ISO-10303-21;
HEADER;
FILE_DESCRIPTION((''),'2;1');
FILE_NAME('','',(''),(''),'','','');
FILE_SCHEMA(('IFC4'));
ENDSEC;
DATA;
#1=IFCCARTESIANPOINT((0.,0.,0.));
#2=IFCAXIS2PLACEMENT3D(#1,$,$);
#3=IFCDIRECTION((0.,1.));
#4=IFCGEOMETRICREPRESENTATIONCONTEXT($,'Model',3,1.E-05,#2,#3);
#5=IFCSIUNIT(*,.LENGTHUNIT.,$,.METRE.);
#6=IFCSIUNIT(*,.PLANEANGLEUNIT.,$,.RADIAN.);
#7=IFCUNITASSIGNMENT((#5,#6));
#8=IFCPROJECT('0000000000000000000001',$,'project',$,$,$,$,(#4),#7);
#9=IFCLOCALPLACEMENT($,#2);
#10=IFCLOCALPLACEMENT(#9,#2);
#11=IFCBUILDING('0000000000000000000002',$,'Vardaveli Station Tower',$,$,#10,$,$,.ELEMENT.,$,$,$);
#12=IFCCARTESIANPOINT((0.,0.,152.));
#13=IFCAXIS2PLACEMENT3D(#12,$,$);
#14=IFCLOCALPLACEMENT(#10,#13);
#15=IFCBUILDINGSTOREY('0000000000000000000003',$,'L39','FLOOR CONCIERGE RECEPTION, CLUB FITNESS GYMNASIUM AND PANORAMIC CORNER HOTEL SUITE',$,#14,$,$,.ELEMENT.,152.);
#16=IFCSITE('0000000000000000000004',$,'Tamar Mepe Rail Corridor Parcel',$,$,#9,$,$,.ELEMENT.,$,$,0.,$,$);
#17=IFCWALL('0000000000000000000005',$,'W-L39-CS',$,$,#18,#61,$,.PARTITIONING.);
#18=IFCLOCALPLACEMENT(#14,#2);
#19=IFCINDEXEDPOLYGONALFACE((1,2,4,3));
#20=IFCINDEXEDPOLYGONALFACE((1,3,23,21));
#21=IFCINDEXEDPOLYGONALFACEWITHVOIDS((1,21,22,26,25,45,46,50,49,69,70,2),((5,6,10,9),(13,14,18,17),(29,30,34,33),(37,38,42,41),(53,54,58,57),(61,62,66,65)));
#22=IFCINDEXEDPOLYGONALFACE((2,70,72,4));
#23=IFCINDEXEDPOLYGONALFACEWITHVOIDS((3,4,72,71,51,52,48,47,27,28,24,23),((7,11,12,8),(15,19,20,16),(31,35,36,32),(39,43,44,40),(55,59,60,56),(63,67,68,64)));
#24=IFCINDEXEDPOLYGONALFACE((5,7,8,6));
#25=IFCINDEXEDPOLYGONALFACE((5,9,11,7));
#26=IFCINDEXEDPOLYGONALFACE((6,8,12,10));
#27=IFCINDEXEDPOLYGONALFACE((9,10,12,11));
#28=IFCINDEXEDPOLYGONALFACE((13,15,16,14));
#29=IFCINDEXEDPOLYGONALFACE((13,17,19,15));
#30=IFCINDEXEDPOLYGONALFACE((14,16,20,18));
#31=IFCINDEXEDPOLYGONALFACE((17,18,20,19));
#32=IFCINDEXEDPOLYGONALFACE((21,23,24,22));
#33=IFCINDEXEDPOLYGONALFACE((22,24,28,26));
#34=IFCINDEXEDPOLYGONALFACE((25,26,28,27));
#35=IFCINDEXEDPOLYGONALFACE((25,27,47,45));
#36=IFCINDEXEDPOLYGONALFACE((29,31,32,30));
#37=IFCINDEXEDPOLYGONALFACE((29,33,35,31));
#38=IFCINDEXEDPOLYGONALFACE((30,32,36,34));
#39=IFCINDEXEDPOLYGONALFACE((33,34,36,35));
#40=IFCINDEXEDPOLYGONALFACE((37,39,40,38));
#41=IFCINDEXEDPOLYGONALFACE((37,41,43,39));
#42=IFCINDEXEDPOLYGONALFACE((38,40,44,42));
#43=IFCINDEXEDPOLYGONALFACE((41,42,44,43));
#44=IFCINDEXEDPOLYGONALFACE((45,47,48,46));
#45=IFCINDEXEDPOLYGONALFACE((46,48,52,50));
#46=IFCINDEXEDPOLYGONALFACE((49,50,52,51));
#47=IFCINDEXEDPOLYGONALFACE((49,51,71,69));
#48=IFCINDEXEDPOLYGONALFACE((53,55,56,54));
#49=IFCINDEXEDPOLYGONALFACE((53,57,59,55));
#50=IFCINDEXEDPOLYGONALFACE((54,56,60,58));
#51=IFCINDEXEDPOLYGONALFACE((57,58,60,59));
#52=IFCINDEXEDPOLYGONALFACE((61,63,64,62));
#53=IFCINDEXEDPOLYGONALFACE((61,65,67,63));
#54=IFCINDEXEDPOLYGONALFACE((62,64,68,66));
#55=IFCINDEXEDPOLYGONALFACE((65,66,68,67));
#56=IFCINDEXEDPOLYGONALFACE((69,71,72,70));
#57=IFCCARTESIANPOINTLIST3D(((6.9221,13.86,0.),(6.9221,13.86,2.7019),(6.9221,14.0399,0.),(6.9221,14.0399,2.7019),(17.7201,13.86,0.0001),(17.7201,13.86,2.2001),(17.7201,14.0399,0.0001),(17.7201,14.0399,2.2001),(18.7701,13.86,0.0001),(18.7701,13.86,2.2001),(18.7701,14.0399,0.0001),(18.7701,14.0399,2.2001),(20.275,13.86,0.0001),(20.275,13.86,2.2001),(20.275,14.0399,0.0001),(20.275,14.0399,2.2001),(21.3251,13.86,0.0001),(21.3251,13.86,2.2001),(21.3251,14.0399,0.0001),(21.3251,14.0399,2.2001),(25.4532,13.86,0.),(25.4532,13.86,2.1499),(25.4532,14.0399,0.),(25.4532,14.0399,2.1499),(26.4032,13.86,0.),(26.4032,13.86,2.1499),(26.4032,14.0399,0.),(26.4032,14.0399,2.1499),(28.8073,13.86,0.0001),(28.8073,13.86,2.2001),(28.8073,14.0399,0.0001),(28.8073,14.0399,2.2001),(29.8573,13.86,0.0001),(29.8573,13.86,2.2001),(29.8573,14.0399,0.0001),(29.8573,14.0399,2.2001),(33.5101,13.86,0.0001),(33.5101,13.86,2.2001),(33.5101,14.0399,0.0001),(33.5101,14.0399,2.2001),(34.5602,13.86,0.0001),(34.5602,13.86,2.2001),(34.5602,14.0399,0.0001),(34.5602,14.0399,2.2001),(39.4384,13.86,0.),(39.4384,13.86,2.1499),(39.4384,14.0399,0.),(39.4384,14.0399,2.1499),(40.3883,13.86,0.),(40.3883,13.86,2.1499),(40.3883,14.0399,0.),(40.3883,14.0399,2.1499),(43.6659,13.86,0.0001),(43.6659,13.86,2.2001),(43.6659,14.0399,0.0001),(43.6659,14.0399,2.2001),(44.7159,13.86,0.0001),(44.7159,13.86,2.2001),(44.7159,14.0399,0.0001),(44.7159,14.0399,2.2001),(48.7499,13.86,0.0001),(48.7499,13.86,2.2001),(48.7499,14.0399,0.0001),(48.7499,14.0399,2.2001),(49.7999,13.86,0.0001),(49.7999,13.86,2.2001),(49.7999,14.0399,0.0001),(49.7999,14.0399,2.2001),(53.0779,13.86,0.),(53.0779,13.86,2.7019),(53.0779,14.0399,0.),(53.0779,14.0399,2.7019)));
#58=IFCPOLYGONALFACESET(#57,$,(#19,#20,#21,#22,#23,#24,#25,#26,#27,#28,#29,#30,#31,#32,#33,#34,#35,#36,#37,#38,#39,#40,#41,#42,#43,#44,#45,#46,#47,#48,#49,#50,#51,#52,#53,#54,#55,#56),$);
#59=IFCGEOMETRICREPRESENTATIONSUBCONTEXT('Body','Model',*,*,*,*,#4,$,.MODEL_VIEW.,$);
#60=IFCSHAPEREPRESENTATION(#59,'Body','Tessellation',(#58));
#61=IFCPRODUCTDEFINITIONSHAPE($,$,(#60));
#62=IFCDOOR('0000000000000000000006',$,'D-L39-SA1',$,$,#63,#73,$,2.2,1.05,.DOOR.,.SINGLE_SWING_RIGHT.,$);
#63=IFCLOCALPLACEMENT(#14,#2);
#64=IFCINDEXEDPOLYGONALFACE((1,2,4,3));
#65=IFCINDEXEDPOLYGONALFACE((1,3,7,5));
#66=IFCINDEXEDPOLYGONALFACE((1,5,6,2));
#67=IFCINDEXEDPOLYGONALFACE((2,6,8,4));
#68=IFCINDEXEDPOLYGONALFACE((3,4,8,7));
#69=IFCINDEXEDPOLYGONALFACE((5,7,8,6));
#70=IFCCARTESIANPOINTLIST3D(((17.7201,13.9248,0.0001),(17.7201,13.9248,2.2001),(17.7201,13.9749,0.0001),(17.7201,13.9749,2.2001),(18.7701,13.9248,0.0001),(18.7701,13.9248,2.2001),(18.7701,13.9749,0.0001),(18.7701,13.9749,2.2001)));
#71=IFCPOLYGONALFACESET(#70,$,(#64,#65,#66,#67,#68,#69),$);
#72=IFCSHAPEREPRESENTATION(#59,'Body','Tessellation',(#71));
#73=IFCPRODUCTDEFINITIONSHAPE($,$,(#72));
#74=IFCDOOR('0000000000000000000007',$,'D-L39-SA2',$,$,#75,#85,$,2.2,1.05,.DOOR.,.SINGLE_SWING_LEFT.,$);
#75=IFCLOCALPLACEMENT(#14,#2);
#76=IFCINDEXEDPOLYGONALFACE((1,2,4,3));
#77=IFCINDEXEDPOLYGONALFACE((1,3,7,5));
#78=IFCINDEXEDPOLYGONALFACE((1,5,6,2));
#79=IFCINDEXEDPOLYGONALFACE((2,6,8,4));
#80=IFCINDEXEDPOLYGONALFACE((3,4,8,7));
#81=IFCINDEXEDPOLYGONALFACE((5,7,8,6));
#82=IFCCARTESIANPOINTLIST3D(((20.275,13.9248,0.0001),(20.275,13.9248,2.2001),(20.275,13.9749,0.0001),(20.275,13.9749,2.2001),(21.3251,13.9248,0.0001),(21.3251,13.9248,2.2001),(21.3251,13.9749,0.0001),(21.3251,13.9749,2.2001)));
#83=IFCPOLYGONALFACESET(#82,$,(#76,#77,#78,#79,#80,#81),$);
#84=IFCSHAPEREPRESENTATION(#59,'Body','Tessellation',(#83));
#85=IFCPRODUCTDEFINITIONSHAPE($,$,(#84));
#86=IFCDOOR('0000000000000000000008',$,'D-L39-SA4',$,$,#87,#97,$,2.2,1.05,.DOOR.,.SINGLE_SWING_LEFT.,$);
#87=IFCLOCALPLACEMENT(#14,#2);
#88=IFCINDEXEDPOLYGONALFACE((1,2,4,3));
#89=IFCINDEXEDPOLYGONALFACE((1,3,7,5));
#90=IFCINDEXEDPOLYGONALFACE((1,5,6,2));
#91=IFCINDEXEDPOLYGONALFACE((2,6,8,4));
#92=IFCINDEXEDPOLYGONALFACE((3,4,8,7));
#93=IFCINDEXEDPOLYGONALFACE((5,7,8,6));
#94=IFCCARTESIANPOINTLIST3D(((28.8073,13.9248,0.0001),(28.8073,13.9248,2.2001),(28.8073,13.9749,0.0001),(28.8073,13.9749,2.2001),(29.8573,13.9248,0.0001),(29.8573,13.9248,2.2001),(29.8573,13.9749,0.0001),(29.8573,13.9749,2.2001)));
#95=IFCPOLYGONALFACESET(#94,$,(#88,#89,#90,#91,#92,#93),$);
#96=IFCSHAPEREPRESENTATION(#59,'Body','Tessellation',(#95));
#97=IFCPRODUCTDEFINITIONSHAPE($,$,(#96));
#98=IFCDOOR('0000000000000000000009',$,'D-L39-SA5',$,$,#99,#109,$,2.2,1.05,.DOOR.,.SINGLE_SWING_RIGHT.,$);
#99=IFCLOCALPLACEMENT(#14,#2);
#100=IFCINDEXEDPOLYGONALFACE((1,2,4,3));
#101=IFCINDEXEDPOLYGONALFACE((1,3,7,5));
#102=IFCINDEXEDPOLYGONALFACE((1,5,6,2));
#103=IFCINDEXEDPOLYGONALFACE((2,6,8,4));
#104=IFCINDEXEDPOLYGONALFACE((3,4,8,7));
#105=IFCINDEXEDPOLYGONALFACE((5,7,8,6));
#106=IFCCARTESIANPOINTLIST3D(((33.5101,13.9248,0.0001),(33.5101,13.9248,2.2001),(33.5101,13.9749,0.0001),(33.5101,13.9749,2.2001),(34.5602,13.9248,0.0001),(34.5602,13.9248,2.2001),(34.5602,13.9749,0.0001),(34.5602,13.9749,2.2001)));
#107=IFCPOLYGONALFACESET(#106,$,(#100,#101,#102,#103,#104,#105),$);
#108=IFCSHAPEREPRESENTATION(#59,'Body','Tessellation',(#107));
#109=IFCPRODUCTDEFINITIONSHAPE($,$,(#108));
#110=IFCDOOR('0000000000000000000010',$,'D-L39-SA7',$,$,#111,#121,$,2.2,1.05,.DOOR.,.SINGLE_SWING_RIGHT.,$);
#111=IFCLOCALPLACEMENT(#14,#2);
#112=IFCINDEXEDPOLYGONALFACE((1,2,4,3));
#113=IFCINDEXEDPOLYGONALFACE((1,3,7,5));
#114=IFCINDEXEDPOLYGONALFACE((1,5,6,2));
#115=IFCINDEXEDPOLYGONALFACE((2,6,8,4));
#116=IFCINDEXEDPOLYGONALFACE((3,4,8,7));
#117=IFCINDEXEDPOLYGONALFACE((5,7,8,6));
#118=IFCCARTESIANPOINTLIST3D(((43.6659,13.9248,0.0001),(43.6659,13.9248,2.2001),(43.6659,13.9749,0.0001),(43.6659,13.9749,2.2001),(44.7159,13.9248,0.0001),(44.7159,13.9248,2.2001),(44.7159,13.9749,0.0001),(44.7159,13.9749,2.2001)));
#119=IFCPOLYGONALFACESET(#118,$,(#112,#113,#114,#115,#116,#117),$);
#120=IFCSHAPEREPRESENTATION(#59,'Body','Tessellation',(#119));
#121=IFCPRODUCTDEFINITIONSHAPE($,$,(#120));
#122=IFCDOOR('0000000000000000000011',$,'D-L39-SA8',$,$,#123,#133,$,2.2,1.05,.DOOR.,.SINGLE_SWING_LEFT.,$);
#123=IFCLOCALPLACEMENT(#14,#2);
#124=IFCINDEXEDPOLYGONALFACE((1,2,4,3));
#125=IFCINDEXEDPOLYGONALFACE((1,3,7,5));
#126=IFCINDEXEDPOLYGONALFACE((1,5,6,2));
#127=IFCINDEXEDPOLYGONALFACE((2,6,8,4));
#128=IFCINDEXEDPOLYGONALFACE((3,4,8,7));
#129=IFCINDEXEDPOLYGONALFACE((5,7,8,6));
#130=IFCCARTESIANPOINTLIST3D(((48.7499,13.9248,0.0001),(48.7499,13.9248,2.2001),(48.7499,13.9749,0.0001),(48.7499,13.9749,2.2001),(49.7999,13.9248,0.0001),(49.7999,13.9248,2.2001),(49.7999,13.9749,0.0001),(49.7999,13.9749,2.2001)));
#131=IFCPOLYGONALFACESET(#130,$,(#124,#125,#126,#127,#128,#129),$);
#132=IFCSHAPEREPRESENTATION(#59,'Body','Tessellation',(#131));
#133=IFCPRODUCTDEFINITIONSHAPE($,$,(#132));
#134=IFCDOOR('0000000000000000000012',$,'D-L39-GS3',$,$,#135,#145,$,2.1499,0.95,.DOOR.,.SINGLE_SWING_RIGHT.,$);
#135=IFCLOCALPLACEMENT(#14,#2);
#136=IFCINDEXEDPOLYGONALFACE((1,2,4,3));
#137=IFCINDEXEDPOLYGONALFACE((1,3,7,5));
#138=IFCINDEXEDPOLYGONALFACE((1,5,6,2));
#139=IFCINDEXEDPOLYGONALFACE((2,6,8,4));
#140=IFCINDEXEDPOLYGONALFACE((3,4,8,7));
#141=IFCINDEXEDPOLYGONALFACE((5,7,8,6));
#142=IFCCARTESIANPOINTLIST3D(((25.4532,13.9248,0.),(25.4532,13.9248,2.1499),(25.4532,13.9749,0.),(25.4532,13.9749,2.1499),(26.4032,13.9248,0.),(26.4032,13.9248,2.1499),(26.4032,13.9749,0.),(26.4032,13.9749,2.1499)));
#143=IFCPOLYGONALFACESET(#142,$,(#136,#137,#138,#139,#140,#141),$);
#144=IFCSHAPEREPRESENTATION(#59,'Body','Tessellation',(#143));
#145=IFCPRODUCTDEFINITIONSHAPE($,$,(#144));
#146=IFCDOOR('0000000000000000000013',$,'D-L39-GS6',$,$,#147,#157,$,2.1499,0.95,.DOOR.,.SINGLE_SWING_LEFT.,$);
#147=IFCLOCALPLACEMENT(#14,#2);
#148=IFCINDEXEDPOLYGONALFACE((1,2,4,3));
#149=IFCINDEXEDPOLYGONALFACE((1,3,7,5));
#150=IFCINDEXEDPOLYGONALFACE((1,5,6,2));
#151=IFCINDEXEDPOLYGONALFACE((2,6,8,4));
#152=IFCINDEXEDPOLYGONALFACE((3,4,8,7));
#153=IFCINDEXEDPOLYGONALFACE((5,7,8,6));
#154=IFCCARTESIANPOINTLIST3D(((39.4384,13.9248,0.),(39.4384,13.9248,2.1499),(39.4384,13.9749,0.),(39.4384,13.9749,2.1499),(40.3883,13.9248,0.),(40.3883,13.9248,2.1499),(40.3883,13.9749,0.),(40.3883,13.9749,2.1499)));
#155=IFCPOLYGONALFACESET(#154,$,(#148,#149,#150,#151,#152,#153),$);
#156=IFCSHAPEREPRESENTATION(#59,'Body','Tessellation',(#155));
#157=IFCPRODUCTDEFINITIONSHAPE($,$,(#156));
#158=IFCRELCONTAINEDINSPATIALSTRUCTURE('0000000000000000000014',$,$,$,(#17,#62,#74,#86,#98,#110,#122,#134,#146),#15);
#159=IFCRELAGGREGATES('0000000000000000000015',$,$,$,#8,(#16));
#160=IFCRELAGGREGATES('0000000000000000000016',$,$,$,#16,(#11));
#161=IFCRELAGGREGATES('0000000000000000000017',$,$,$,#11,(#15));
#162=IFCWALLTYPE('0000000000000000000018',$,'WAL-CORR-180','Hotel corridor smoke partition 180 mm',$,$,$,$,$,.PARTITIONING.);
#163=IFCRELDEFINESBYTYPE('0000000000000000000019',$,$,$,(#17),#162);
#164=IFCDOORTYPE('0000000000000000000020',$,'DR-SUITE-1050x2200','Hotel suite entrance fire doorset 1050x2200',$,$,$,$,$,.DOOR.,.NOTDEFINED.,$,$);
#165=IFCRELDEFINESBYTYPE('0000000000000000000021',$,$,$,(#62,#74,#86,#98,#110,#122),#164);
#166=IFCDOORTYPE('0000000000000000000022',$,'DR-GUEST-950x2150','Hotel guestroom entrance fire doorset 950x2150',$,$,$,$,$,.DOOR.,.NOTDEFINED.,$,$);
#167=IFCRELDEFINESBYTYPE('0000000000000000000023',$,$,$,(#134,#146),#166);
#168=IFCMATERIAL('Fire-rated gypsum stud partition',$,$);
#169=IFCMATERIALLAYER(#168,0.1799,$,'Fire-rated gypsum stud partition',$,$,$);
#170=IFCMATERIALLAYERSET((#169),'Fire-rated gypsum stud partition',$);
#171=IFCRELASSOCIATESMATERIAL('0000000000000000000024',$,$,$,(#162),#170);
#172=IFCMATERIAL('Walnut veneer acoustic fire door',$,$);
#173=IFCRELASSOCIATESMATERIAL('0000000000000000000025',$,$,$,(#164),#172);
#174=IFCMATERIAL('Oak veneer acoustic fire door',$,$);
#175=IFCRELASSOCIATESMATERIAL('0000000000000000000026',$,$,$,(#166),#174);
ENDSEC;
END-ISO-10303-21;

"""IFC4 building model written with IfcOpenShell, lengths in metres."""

from ifc_helpers import new_model, si_unit, direction, frame, frame_2d, origin, place, context, subcontext, project, spatial, rectangle, extrude, source, transform, mapped, material, layer, layer_set, type_object, element, fill, save


model = new_model("IFC4")

# Units and contexts
model_context = context("Model", 3, precision=1e-05, world=origin(), true_north=direction((0.0, 1.0)))
body_context = subcontext(model_context, "Body", "Model", "MODEL_VIEW")
ifc_project = project(units=[si_unit("LENGTHUNIT", "METRE"), si_unit("PLANEANGLEUNIT", "RADIAN")], contexts=[model_context])

# Site, building, storey
site_placement = place(None, origin())
site = spatial("IfcSite", under=ifc_project, at=site_placement, Name="Tamar Mepe Rail Corridor Parcel", CompositionType="ELEMENT", RefElevation=0.0)
building_placement = place(site_placement, origin())
building = spatial("IfcBuilding", under=site, at=building_placement, Name="Vardaveli Station Tower", CompositionType="ELEMENT")
storey_placement = place(building_placement, frame((0.0, 0.0, 152.0)))
storey = spatial("IfcBuildingStorey", under=building, at=storey_placement, Name="L39", Description="FLOOR CONCIERGE RECEPTION, CLUB FITNESS GYMNASIUM AND PANORAMIC CORNER HOTEL SUITE", CompositionType="ELEMENT", Elevation=152.0)

# Wall, openings, doors
ifc_material_1 = material(Name="Fire-rated gypsum stud partition")
ifc_layer_1 = layer(ifc_material_1, 0.1799, Name="Fire-rated gypsum stud partition")
ifc_layer_set_1 = layer_set([ifc_layer_1], Name="Fire-rated gypsum stud partition")
wall_type_1 = type_object("IfcWallType", Name="WAL-CORR-180", Description="Hotel corridor smoke partition 180 mm", PredefinedType="PARTITIONING", material=ifc_layer_set_1)
shared_shape_1 = source(origin(), body_context, "Body", "SweptSolid", [
    extrude(rectangle(XDim=46.1558, YDim=0.1799, at=frame_2d((23.0779, 0.0))), origin(), (0.0, 0.0, 1.0), 2.7019),
])
wall_1_placement = place(storey_placement, frame((6.9221, 13.95, 0.0), z_axis=(0.0, 0.0, 1.0), x_axis=(1.0, 0.0, 0.0)))
wall_1 = element("IfcWall", 1, at=wall_1_placement, inside=storey, type_object=wall_type_1, Name="W-L39-CS", PredefinedType="PARTITIONING", context=body_context, shape_type="MappedRepresentation", body=[
    mapped(shared_shape_1, transform((0.0, 0.0, 0.0), scale=1.0)),
])
shared_shape_2 = source(origin(), body_context, "Body", "SweptSolid", [
    extrude(rectangle(XDim=1.05, YDim=2.2, at=frame_2d((0.5249, 1.1001))), frame((0.0, 0.1001, 0.0), z_axis=(0.0, -1.0, 0.0), x_axis=(1.0, 0.0, 0.0)), (0.0, 0.0, 1.0), 0.2),
])
opening_1_placement = place(wall_1_placement, frame((10.7981, 0.0, 0.0)))
opening_1 = element("IfcOpeningElement", 2, at=opening_1_placement, cuts=wall_1, PredefinedType="OPENING", context=body_context, shape_type="MappedRepresentation", body=[
    mapped(shared_shape_2, transform((0.0, 0.0, 0.0), scale=1.0)),
])
opening_2_placement = place(wall_1_placement, frame((13.353, 0.0, 0.0)))
opening_2 = element("IfcOpeningElement", 3, at=opening_2_placement, cuts=wall_1, PredefinedType="OPENING", context=body_context, shape_type="MappedRepresentation", body=[
    mapped(shared_shape_2, transform((0.0, 0.0, 0.0), scale=1.0)),
])
shared_shape_3 = source(origin(), body_context, "Body", "SweptSolid", [
    extrude(rectangle(XDim=0.95, YDim=2.1499, at=frame_2d((0.4751, 1.075))), frame((0.0, 0.1001, 0.0), z_axis=(0.0, -1.0, 0.0), x_axis=(1.0, 0.0, 0.0)), (0.0, 0.0, 1.0), 0.2),
])
opening_3_placement = place(wall_1_placement, frame((18.531, 0.0, 0.0)))
opening_3 = element("IfcOpeningElement", 4, at=opening_3_placement, cuts=wall_1, PredefinedType="OPENING", context=body_context, shape_type="MappedRepresentation", body=[
    mapped(shared_shape_3, transform((0.0, 0.0, 0.0), scale=1.0)),
])
opening_4_placement = place(wall_1_placement, frame((21.8853, 0.0, 0.0)))
opening_4 = element("IfcOpeningElement", 5, at=opening_4_placement, cuts=wall_1, PredefinedType="OPENING", context=body_context, shape_type="MappedRepresentation", body=[
    mapped(shared_shape_2, transform((0.0, 0.0, 0.0), scale=1.0)),
])
opening_5_placement = place(wall_1_placement, frame((26.5881, 0.0, 0.0)))
opening_5 = element("IfcOpeningElement", 6, at=opening_5_placement, cuts=wall_1, PredefinedType="OPENING", context=body_context, shape_type="MappedRepresentation", body=[
    mapped(shared_shape_2, transform((0.0, 0.0, 0.0), scale=1.0)),
])
opening_6_placement = place(wall_1_placement, frame((32.5161, 0.0, 0.0)))
opening_6 = element("IfcOpeningElement", 7, at=opening_6_placement, cuts=wall_1, PredefinedType="OPENING", context=body_context, shape_type="MappedRepresentation", body=[
    mapped(shared_shape_3, transform((0.0, 0.0, 0.0), scale=1.0)),
])
opening_7_placement = place(wall_1_placement, frame((36.7439, 0.0, 0.0)))
opening_7 = element("IfcOpeningElement", 8, at=opening_7_placement, cuts=wall_1, PredefinedType="OPENING", context=body_context, shape_type="MappedRepresentation", body=[
    mapped(shared_shape_2, transform((0.0, 0.0, 0.0), scale=1.0)),
])
opening_8_placement = place(wall_1_placement, frame((41.8279, 0.0, 0.0)))
opening_8 = element("IfcOpeningElement", 9, at=opening_8_placement, cuts=wall_1, PredefinedType="OPENING", context=body_context, shape_type="MappedRepresentation", body=[
    mapped(shared_shape_2, transform((0.0, 0.0, 0.0), scale=1.0)),
])
ifc_material_2 = material(Name="Walnut veneer acoustic fire door")
door_type_1 = type_object("IfcDoorType", Name="DR-SUITE-1050x2200", Description="Hotel suite entrance fire doorset 1050x2200", OperationType="NOTDEFINED", PredefinedType="DOOR", material=ifc_material_2)
shared_shape_4 = source(origin(), body_context, "Body", "SweptSolid", [
    extrude(rectangle(XDim=1.05, YDim=2.2, at=frame_2d((0.5249, 1.1001))), frame((0.0, 0.0249, 0.0), z_axis=(0.0, -1.0, 0.0), x_axis=(1.0, 0.0, 0.0)), (0.0, 0.0, 1.0), 0.05),
])
door_1_placement = place(opening_1_placement, origin())
door_1 = element("IfcDoor", 10, at=door_1_placement, inside=storey, type_object=door_type_1, Name="D-L39-SA1", OperationType="SINGLE_SWING_RIGHT", OverallHeight=2.2, OverallWidth=1.05, PredefinedType="DOOR", context=body_context, shape_type="MappedRepresentation", body=[
    mapped(shared_shape_4, transform((0.0, 0.0, 0.0), scale=1.0)),
])
fill(opening_1, door_1)
door_2_placement = place(opening_2_placement, origin())
door_2 = element("IfcDoor", 11, at=door_2_placement, inside=storey, type_object=door_type_1, Name="D-L39-SA2", OperationType="SINGLE_SWING_LEFT", OverallHeight=2.2, OverallWidth=1.05, PredefinedType="DOOR", context=body_context, shape_type="MappedRepresentation", body=[
    mapped(shared_shape_4, transform((0.0, 0.0, 0.0), scale=1.0)),
])
fill(opening_2, door_2)
door_3_placement = place(opening_4_placement, origin())
door_3 = element("IfcDoor", 12, at=door_3_placement, inside=storey, type_object=door_type_1, Name="D-L39-SA4", OperationType="SINGLE_SWING_LEFT", OverallHeight=2.2, OverallWidth=1.05, PredefinedType="DOOR", context=body_context, shape_type="MappedRepresentation", body=[
    mapped(shared_shape_4, transform((0.0, 0.0, 0.0), scale=1.0)),
])
fill(opening_4, door_3)
door_4_placement = place(opening_5_placement, origin())
door_4 = element("IfcDoor", 13, at=door_4_placement, inside=storey, type_object=door_type_1, Name="D-L39-SA5", OperationType="SINGLE_SWING_RIGHT", OverallHeight=2.2, OverallWidth=1.05, PredefinedType="DOOR", context=body_context, shape_type="MappedRepresentation", body=[
    mapped(shared_shape_4, transform((0.0, 0.0, 0.0), scale=1.0)),
])
fill(opening_5, door_4)
door_5_placement = place(opening_7_placement, origin())
door_5 = element("IfcDoor", 14, at=door_5_placement, inside=storey, type_object=door_type_1, Name="D-L39-SA7", OperationType="SINGLE_SWING_RIGHT", OverallHeight=2.2, OverallWidth=1.05, PredefinedType="DOOR", context=body_context, shape_type="MappedRepresentation", body=[
    mapped(shared_shape_4, transform((0.0, 0.0, 0.0), scale=1.0)),
])
fill(opening_7, door_5)
door_6_placement = place(opening_8_placement, origin())
door_6 = element("IfcDoor", 15, at=door_6_placement, inside=storey, type_object=door_type_1, Name="D-L39-SA8", OperationType="SINGLE_SWING_LEFT", OverallHeight=2.2, OverallWidth=1.05, PredefinedType="DOOR", context=body_context, shape_type="MappedRepresentation", body=[
    mapped(shared_shape_4, transform((0.0, 0.0, 0.0), scale=1.0)),
])
fill(opening_8, door_6)
ifc_material_3 = material(Name="Oak veneer acoustic fire door")
door_type_2 = type_object("IfcDoorType", Name="DR-GUEST-950x2150", Description="Hotel guestroom entrance fire doorset 950x2150", OperationType="NOTDEFINED", PredefinedType="DOOR", material=ifc_material_3)
shared_shape_5 = source(origin(), body_context, "Body", "SweptSolid", [
    extrude(rectangle(XDim=0.95, YDim=2.1499, at=frame_2d((0.4751, 1.075))), frame((0.0, 0.0249, 0.0), z_axis=(0.0, -1.0, 0.0), x_axis=(1.0, 0.0, 0.0)), (0.0, 0.0, 1.0), 0.05),
])
door_7_placement = place(opening_3_placement, origin())
door_7 = element("IfcDoor", 16, at=door_7_placement, inside=storey, type_object=door_type_2, Name="D-L39-GS3", OperationType="SINGLE_SWING_RIGHT", OverallHeight=2.1499, OverallWidth=0.95, PredefinedType="DOOR", context=body_context, shape_type="MappedRepresentation", body=[
    mapped(shared_shape_5, transform((0.0, 0.0, 0.0), scale=1.0)),
])
fill(opening_3, door_7)
door_8_placement = place(opening_6_placement, origin())
door_8 = element("IfcDoor", 17, at=door_8_placement, inside=storey, type_object=door_type_2, Name="D-L39-GS6", OperationType="SINGLE_SWING_LEFT", OverallHeight=2.1499, OverallWidth=0.95, PredefinedType="DOOR", context=body_context, shape_type="MappedRepresentation", body=[
    mapped(shared_shape_5, transform((0.0, 0.0, 0.0), scale=1.0)),
])
fill(opening_6, door_8)

save(model, "model.ifc")
